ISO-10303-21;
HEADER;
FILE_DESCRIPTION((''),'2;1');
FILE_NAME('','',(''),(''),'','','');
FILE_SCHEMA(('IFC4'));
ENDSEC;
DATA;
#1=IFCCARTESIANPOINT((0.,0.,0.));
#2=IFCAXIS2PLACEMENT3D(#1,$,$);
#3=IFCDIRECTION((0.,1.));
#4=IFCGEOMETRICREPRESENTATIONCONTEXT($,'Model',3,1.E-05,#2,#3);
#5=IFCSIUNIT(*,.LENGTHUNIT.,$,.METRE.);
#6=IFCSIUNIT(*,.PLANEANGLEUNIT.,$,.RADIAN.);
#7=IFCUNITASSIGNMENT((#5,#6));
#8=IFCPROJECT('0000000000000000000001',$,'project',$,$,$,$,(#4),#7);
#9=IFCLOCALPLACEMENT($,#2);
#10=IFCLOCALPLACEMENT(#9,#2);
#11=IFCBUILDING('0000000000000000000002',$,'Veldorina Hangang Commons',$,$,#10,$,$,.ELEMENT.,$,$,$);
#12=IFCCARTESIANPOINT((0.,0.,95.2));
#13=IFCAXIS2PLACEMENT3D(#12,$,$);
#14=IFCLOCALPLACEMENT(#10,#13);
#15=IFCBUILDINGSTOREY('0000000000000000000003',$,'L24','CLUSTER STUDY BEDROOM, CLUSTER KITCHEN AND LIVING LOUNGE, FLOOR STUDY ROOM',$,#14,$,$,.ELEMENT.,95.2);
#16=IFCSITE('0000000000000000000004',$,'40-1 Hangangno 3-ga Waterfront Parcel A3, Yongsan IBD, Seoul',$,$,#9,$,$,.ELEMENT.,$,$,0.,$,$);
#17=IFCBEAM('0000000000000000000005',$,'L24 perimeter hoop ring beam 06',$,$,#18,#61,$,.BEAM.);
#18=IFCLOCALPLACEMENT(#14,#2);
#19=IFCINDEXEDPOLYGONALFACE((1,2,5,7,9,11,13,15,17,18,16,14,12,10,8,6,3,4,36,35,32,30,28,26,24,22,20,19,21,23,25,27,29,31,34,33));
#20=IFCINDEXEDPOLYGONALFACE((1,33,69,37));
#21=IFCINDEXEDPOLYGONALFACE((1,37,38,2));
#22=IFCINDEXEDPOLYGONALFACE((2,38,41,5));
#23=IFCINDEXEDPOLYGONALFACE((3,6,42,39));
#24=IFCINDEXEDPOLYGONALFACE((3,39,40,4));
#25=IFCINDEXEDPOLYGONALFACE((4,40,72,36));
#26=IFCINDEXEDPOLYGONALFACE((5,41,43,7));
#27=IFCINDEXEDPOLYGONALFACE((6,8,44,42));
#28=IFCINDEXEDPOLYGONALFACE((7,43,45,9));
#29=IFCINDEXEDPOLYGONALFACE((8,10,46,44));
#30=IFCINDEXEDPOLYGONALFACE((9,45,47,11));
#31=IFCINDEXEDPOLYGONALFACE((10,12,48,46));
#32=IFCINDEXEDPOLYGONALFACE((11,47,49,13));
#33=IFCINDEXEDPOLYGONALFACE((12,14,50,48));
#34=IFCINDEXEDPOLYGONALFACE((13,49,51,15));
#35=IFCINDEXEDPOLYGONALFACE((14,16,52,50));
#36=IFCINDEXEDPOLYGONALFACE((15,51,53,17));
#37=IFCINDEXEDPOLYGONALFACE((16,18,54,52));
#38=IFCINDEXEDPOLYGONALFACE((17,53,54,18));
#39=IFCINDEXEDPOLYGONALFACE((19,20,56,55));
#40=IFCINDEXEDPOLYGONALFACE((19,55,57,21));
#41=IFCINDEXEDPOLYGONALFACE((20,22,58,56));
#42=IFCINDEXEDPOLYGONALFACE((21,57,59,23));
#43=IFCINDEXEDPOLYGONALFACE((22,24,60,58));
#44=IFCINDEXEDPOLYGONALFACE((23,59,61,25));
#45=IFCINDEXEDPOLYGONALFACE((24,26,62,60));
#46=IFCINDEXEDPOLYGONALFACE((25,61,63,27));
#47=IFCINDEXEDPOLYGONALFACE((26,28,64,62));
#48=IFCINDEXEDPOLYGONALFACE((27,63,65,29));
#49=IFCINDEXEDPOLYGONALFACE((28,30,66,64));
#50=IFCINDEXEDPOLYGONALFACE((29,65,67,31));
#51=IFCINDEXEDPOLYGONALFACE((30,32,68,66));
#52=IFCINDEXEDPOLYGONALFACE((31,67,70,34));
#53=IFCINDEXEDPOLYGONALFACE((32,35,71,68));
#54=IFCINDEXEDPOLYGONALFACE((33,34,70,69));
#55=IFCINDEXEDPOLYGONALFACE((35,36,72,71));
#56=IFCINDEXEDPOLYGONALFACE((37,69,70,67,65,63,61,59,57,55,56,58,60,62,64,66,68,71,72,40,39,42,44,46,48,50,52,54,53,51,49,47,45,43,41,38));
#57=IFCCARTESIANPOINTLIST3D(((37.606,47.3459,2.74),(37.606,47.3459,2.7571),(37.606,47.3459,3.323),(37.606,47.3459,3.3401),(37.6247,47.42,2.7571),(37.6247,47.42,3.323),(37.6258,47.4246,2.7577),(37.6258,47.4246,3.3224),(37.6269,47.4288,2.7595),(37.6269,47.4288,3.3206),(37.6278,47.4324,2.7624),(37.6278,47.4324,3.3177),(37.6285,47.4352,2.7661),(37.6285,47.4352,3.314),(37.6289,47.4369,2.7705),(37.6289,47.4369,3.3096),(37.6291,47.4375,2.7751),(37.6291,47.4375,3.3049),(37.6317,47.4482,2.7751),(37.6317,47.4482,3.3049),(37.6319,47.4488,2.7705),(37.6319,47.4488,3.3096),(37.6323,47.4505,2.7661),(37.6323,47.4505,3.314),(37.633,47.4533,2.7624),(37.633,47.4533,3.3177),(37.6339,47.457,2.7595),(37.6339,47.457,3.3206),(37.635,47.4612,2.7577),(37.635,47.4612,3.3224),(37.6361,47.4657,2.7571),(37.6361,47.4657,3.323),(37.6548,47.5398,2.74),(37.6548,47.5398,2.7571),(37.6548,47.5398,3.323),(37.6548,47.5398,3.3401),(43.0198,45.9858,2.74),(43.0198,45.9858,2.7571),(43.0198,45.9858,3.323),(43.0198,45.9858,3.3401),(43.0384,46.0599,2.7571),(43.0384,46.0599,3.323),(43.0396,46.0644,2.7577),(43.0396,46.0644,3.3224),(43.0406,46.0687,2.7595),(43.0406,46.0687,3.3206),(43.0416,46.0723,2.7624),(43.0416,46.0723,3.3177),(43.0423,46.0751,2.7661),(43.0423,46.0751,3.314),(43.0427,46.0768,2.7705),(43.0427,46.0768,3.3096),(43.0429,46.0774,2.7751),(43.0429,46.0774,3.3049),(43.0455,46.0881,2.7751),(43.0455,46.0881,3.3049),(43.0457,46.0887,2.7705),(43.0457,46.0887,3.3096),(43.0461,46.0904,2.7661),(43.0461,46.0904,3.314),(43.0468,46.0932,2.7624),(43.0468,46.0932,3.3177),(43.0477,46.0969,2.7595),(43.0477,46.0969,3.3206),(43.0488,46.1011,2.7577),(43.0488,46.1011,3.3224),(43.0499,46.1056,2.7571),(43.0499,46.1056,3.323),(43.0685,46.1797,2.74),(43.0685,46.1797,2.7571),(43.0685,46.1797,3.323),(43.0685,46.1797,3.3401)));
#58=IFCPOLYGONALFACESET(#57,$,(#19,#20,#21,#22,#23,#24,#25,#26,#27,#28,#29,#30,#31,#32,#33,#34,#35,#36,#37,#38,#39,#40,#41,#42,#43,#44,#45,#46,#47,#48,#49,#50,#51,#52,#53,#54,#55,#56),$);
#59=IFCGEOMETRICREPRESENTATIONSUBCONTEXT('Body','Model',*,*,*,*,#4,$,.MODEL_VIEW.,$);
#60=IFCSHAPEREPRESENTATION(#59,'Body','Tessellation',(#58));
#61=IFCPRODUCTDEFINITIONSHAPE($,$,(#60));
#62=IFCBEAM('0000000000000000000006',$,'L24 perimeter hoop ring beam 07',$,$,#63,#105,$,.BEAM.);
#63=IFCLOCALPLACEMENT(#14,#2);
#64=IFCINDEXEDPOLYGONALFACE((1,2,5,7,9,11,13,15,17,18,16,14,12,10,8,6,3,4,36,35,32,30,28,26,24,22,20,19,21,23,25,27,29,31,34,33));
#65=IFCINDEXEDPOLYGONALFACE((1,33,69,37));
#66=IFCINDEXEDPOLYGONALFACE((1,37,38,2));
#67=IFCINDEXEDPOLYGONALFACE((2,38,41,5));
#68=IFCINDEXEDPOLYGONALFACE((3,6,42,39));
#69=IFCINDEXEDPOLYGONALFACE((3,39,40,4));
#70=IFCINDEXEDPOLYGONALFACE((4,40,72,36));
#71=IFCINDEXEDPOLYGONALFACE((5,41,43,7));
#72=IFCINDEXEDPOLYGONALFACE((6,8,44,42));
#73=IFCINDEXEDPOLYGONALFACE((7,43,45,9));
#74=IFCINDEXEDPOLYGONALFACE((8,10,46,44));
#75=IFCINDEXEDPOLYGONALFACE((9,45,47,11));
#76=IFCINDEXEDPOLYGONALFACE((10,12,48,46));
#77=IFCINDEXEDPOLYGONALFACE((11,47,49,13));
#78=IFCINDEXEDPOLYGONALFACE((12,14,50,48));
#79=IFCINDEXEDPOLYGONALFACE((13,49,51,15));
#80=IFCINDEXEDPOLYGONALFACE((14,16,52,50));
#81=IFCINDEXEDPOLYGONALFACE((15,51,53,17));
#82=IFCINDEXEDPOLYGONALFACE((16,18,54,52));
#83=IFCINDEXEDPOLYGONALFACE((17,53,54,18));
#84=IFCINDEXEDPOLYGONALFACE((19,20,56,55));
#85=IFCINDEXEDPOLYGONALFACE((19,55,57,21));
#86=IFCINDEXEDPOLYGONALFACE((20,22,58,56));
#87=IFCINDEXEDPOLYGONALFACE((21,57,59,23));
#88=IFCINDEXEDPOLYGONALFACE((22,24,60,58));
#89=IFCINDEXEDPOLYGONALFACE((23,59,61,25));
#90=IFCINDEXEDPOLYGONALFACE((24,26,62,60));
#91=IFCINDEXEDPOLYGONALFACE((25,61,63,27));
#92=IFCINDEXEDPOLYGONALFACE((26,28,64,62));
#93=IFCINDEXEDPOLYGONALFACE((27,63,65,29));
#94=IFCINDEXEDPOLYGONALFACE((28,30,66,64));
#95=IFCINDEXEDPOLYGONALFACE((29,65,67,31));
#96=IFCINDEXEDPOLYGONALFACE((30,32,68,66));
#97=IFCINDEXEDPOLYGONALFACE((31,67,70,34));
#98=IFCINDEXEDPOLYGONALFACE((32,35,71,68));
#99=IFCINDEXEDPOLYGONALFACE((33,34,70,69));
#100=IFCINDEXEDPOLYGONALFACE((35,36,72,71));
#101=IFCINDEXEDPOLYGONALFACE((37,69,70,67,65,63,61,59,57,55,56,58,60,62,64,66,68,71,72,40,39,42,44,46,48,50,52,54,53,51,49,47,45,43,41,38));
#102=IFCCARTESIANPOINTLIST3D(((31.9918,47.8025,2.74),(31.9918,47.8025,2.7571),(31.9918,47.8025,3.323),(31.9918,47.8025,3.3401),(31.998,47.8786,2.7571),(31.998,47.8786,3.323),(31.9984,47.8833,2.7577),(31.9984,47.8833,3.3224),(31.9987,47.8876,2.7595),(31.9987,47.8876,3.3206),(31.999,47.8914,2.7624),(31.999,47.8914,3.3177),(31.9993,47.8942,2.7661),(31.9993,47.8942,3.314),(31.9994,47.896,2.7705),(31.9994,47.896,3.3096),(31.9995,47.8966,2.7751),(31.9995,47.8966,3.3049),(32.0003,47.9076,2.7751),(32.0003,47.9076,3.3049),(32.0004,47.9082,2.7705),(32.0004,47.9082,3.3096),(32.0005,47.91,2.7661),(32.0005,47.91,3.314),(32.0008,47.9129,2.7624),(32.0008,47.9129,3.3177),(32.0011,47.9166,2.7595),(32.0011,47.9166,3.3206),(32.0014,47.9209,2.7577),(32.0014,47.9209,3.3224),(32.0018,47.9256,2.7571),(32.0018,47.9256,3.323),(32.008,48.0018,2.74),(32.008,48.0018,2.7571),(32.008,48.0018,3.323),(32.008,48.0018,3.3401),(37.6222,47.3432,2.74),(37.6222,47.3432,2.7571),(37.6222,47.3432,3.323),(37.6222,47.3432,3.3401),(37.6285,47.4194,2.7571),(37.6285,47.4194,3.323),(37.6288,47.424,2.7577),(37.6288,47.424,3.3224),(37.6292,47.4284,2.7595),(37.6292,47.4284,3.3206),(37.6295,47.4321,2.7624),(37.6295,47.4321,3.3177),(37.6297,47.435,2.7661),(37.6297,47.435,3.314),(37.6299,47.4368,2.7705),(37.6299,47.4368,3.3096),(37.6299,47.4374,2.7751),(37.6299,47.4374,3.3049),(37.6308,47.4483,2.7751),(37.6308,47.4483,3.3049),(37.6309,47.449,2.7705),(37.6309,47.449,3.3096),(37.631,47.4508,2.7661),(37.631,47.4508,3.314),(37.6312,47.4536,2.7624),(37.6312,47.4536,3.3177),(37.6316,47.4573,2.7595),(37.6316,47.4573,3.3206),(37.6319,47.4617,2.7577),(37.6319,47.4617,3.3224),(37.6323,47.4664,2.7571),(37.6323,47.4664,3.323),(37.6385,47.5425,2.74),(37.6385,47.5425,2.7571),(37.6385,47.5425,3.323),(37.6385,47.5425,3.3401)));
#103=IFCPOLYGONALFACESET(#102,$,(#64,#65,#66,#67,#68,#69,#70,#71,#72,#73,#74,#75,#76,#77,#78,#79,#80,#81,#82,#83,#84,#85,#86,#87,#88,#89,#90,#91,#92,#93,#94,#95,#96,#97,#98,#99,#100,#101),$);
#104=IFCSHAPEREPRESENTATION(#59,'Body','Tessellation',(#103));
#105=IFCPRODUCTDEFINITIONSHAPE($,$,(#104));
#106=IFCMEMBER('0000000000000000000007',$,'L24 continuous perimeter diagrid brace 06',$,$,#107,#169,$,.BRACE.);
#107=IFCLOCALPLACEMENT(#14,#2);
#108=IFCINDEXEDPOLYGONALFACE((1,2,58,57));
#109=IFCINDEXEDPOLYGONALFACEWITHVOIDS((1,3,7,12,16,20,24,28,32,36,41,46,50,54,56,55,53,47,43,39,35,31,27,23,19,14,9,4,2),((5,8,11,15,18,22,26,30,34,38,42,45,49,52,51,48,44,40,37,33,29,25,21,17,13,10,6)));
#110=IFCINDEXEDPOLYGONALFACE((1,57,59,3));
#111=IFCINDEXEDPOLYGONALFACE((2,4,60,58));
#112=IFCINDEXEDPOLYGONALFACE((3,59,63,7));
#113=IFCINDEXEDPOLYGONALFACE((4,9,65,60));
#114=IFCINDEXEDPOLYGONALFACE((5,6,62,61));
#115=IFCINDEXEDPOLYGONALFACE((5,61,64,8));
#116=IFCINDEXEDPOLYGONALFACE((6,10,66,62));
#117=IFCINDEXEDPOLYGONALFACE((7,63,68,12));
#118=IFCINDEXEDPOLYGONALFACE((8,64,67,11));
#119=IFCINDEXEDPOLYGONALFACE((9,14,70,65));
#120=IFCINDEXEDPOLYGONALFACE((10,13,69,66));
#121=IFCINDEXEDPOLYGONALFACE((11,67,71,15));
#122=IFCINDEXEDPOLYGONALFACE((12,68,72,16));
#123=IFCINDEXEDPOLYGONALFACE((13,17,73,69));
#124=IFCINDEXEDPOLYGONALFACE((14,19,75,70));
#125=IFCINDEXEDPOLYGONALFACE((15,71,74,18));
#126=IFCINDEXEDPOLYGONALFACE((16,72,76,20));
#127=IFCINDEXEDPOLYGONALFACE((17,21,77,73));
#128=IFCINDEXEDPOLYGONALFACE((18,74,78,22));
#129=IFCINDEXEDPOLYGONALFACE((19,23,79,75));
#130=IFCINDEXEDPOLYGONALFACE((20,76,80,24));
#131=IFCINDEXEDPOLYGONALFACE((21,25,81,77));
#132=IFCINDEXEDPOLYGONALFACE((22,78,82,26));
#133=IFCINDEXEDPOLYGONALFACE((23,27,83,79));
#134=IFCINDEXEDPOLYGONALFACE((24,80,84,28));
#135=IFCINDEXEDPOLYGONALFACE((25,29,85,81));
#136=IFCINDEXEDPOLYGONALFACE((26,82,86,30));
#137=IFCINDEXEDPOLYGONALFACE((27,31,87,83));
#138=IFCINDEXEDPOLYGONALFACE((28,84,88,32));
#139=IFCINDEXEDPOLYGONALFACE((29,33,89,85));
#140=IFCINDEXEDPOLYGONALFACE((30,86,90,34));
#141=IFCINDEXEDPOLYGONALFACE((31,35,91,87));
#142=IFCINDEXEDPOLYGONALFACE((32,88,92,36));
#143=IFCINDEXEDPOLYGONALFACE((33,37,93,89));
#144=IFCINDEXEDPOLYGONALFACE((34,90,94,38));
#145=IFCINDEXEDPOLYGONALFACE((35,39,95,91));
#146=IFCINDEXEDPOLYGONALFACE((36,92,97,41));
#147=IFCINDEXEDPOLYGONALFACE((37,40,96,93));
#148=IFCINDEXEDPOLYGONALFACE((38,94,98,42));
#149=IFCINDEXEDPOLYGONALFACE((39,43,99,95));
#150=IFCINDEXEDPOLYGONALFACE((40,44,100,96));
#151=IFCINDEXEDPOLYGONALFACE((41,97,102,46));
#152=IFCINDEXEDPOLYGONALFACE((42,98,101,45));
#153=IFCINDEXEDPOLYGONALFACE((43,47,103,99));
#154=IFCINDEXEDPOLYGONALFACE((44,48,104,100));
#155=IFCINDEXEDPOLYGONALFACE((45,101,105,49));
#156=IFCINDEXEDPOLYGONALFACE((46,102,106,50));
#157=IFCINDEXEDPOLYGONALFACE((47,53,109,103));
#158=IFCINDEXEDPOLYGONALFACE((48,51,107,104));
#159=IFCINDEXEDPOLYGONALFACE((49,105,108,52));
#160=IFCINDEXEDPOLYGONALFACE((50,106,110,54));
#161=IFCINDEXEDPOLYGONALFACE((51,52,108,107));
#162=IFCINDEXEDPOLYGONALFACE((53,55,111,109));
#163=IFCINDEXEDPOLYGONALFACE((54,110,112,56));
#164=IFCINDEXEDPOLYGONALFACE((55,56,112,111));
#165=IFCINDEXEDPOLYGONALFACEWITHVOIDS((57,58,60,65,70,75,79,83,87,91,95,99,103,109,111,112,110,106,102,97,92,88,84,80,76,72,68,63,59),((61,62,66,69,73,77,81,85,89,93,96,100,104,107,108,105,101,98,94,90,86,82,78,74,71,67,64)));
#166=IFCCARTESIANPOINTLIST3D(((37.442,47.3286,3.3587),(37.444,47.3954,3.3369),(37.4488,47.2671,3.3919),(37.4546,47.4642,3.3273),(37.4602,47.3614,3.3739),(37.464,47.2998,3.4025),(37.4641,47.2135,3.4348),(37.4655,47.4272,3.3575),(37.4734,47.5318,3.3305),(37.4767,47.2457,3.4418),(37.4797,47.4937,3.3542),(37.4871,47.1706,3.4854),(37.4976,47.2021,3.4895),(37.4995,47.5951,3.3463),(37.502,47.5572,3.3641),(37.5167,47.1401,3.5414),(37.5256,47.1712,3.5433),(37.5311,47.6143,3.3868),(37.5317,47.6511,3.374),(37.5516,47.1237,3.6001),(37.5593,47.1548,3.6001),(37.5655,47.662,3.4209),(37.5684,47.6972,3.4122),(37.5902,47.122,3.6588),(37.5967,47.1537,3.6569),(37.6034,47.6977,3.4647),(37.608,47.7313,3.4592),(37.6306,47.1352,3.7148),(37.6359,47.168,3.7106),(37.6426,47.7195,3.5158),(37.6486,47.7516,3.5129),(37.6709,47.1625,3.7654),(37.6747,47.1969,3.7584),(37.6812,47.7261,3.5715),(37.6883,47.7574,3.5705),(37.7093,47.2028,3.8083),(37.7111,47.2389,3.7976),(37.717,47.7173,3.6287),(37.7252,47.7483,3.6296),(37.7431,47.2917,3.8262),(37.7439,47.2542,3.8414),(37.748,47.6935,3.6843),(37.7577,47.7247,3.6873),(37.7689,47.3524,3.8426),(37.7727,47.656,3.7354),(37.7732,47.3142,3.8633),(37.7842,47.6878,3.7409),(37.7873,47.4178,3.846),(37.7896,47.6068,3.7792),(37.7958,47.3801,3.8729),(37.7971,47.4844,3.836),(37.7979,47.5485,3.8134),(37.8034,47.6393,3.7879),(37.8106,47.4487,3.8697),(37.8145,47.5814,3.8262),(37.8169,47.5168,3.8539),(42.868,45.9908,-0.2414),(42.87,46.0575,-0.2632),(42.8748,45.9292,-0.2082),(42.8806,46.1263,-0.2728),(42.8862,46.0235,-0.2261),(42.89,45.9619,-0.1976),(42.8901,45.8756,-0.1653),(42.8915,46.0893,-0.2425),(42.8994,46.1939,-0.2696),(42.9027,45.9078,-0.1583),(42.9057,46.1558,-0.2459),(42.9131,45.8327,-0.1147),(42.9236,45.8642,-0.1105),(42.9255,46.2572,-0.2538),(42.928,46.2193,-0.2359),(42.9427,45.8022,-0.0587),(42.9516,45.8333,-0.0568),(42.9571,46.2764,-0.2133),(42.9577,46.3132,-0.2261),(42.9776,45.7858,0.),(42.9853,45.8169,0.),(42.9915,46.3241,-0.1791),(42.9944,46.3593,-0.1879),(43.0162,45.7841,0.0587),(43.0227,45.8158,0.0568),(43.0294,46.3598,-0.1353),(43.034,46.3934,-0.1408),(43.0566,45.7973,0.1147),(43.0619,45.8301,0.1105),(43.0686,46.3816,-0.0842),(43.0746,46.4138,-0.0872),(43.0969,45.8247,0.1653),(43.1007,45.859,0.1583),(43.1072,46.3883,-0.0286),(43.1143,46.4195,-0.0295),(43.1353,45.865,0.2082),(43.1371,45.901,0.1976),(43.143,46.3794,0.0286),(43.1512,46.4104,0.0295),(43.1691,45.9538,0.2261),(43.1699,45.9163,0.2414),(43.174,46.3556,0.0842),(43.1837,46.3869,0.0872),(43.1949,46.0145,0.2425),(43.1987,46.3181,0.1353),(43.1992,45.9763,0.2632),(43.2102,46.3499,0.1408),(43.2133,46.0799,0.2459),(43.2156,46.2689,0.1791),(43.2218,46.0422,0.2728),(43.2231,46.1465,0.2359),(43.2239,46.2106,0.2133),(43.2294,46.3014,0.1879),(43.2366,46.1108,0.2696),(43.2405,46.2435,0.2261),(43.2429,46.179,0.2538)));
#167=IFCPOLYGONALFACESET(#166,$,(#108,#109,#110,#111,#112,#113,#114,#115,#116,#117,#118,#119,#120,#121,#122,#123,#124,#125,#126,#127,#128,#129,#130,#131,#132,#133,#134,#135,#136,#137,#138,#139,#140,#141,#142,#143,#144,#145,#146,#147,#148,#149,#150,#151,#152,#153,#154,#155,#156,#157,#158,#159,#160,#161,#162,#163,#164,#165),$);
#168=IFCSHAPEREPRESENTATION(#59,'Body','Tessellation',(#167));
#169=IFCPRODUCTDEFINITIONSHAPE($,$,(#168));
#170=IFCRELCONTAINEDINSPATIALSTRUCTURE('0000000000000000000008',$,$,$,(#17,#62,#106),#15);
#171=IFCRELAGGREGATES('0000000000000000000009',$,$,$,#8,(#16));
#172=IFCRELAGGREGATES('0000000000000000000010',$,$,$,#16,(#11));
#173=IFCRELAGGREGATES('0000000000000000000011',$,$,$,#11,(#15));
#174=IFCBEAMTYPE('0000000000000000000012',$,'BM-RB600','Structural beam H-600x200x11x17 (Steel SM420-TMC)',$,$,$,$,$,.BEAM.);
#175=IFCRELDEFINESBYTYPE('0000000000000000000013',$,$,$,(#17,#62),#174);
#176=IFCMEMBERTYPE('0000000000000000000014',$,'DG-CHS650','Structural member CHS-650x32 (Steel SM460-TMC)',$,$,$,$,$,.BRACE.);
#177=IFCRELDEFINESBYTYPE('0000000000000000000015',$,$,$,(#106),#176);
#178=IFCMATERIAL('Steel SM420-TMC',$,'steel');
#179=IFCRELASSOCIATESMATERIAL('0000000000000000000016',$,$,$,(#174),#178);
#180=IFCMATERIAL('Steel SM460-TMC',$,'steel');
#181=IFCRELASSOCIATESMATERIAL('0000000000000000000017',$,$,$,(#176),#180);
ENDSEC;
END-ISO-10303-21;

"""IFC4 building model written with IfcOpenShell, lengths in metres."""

from ifc_helpers import new_model, si_unit, direction, frame, origin, origin_2d, place, context, subcontext, project, spatial, hollow_circle, i_section, extrude, material, material_profile, profile_set, type_object, element, save


model = new_model("IFC4")

# Units and contexts
model_context = context("Model", 3, precision=1e-05, world=origin(), true_north=direction((0.0, 1.0)))
body_context = subcontext(model_context, "Body", "Model", "MODEL_VIEW")
ifc_project = project(units=[si_unit("LENGTHUNIT", "METRE"), si_unit("PLANEANGLEUNIT", "RADIAN")], contexts=[model_context])

# Site, building, storey
site_placement = place(None, origin())
site = spatial("IfcSite", under=ifc_project, at=site_placement, Name="40-1 Hangangno 3-ga Waterfront Parcel A3, Yongsan IBD, Seoul", CompositionType="ELEMENT", RefElevation=0.0)
building_placement = place(site_placement, origin())
building = spatial("IfcBuilding", under=site, at=building_placement, Name="Veldorina Hangang Commons", CompositionType="ELEMENT")
storey_placement = place(building_placement, frame((0.0, 0.0, 95.2)))
storey = spatial("IfcBuildingStorey", under=building, at=storey_placement, Name="L24", Description="CLUSTER STUDY BEDROOM, CLUSTER KITCHEN AND LIVING LOUNGE, FLOOR STUDY ROOM", CompositionType="ELEMENT", Elevation=95.2)

# Beams
ifc_material_1 = material(Name="Steel SM420-TMC", Category="steel")
ifc_material_profile_1 = material_profile(ifc_material_1, i_section(OverallWidth=0.2, OverallDepth=0.6001, WebThickness=0.011, FlangeThickness=0.0171, FilletRadius=0.0181, at=origin_2d()), Name="H-600x200x11x17")
ifc_profile_set_1 = profile_set([ifc_material_profile_1], Name="Steel SM420-TMC")
beam_type = type_object("IfcBeamType", Name="BM-RB600", Description="Structural beam H-600x200x11x17 (Steel SM420-TMC)", PredefinedType="BEAM", material=ifc_profile_set_1)
beam_1_placement = place(storey_placement, frame((43.0442, 46.0828, 3.04), z_axis=(-0.969861, 0.243657, 0.0), x_axis=(-0.243657, -0.969861, 0.0)))
element("IfcBeam", 1, at=beam_1_placement, inside=storey, type_object=beam_type, Name="L24 perimeter hoop ring beam 06", PredefinedType="BEAM", context=body_context, shape_type="SweptSolid", body=[
    extrude(i_section(OverallWidth=0.2, OverallDepth=0.6001, WebThickness=0.011, FlangeThickness=0.0171, FilletRadius=0.0181, at=origin_2d()), origin(), (0.0, 0.0, 1.0), 5.582),
])
beam_2_placement = place(storey_placement, frame((37.6304, 47.4429, 3.04), z_axis=(-0.99669, 0.081293, 0.0), x_axis=(-0.081293, -0.99669, 0.0)))
element("IfcBeam", 2, at=beam_2_placement, inside=storey, type_object=beam_type, Name="L24 perimeter hoop ring beam 07", PredefinedType="BEAM", context=body_context, shape_type="SweptSolid", body=[
    extrude(i_section(OverallWidth=0.2, OverallDepth=0.6001, WebThickness=0.011, FlangeThickness=0.0171, FilletRadius=0.0181, at=origin_2d()), origin(), (0.0, 0.0, 1.0), 5.6492),
])

# Member
ifc_material_2 = material(Name="Steel SM460-TMC", Category="steel")
ifc_material_profile_2 = material_profile(ifc_material_2, hollow_circle(Radius=0.325, WallThickness=0.032, at=origin_2d()), Name="CHS-650x32")
ifc_profile_set_2 = profile_set([ifc_material_profile_2], Name="Steel SM460-TMC")
member_type = type_object("IfcMemberType", Name="DG-CHS650", Description="Structural member CHS-650x32 (Steel SM460-TMC)", PredefinedType="BRACE", material=ifc_profile_set_2)
member_1_placement = place(storey_placement, frame((43.0554, 46.1013, 0.0), z_axis=(-0.816221, 0.201255, 0.541552), x_axis=(-0.239399, -0.970921, 0.0)))
element("IfcMember", 3, at=member_1_placement, inside=storey, type_object=member_type, Name="L24 continuous perimeter diagrid brace 06", PredefinedType="BRACE", context=body_context, shape_type="SweptSolid", body=[
    extrude(hollow_circle(Radius=0.325, WallThickness=0.032, at=origin_2d()), origin(), (0.0, 0.0, 1.0), 6.6477),
])

save(model, "model.ifc")
